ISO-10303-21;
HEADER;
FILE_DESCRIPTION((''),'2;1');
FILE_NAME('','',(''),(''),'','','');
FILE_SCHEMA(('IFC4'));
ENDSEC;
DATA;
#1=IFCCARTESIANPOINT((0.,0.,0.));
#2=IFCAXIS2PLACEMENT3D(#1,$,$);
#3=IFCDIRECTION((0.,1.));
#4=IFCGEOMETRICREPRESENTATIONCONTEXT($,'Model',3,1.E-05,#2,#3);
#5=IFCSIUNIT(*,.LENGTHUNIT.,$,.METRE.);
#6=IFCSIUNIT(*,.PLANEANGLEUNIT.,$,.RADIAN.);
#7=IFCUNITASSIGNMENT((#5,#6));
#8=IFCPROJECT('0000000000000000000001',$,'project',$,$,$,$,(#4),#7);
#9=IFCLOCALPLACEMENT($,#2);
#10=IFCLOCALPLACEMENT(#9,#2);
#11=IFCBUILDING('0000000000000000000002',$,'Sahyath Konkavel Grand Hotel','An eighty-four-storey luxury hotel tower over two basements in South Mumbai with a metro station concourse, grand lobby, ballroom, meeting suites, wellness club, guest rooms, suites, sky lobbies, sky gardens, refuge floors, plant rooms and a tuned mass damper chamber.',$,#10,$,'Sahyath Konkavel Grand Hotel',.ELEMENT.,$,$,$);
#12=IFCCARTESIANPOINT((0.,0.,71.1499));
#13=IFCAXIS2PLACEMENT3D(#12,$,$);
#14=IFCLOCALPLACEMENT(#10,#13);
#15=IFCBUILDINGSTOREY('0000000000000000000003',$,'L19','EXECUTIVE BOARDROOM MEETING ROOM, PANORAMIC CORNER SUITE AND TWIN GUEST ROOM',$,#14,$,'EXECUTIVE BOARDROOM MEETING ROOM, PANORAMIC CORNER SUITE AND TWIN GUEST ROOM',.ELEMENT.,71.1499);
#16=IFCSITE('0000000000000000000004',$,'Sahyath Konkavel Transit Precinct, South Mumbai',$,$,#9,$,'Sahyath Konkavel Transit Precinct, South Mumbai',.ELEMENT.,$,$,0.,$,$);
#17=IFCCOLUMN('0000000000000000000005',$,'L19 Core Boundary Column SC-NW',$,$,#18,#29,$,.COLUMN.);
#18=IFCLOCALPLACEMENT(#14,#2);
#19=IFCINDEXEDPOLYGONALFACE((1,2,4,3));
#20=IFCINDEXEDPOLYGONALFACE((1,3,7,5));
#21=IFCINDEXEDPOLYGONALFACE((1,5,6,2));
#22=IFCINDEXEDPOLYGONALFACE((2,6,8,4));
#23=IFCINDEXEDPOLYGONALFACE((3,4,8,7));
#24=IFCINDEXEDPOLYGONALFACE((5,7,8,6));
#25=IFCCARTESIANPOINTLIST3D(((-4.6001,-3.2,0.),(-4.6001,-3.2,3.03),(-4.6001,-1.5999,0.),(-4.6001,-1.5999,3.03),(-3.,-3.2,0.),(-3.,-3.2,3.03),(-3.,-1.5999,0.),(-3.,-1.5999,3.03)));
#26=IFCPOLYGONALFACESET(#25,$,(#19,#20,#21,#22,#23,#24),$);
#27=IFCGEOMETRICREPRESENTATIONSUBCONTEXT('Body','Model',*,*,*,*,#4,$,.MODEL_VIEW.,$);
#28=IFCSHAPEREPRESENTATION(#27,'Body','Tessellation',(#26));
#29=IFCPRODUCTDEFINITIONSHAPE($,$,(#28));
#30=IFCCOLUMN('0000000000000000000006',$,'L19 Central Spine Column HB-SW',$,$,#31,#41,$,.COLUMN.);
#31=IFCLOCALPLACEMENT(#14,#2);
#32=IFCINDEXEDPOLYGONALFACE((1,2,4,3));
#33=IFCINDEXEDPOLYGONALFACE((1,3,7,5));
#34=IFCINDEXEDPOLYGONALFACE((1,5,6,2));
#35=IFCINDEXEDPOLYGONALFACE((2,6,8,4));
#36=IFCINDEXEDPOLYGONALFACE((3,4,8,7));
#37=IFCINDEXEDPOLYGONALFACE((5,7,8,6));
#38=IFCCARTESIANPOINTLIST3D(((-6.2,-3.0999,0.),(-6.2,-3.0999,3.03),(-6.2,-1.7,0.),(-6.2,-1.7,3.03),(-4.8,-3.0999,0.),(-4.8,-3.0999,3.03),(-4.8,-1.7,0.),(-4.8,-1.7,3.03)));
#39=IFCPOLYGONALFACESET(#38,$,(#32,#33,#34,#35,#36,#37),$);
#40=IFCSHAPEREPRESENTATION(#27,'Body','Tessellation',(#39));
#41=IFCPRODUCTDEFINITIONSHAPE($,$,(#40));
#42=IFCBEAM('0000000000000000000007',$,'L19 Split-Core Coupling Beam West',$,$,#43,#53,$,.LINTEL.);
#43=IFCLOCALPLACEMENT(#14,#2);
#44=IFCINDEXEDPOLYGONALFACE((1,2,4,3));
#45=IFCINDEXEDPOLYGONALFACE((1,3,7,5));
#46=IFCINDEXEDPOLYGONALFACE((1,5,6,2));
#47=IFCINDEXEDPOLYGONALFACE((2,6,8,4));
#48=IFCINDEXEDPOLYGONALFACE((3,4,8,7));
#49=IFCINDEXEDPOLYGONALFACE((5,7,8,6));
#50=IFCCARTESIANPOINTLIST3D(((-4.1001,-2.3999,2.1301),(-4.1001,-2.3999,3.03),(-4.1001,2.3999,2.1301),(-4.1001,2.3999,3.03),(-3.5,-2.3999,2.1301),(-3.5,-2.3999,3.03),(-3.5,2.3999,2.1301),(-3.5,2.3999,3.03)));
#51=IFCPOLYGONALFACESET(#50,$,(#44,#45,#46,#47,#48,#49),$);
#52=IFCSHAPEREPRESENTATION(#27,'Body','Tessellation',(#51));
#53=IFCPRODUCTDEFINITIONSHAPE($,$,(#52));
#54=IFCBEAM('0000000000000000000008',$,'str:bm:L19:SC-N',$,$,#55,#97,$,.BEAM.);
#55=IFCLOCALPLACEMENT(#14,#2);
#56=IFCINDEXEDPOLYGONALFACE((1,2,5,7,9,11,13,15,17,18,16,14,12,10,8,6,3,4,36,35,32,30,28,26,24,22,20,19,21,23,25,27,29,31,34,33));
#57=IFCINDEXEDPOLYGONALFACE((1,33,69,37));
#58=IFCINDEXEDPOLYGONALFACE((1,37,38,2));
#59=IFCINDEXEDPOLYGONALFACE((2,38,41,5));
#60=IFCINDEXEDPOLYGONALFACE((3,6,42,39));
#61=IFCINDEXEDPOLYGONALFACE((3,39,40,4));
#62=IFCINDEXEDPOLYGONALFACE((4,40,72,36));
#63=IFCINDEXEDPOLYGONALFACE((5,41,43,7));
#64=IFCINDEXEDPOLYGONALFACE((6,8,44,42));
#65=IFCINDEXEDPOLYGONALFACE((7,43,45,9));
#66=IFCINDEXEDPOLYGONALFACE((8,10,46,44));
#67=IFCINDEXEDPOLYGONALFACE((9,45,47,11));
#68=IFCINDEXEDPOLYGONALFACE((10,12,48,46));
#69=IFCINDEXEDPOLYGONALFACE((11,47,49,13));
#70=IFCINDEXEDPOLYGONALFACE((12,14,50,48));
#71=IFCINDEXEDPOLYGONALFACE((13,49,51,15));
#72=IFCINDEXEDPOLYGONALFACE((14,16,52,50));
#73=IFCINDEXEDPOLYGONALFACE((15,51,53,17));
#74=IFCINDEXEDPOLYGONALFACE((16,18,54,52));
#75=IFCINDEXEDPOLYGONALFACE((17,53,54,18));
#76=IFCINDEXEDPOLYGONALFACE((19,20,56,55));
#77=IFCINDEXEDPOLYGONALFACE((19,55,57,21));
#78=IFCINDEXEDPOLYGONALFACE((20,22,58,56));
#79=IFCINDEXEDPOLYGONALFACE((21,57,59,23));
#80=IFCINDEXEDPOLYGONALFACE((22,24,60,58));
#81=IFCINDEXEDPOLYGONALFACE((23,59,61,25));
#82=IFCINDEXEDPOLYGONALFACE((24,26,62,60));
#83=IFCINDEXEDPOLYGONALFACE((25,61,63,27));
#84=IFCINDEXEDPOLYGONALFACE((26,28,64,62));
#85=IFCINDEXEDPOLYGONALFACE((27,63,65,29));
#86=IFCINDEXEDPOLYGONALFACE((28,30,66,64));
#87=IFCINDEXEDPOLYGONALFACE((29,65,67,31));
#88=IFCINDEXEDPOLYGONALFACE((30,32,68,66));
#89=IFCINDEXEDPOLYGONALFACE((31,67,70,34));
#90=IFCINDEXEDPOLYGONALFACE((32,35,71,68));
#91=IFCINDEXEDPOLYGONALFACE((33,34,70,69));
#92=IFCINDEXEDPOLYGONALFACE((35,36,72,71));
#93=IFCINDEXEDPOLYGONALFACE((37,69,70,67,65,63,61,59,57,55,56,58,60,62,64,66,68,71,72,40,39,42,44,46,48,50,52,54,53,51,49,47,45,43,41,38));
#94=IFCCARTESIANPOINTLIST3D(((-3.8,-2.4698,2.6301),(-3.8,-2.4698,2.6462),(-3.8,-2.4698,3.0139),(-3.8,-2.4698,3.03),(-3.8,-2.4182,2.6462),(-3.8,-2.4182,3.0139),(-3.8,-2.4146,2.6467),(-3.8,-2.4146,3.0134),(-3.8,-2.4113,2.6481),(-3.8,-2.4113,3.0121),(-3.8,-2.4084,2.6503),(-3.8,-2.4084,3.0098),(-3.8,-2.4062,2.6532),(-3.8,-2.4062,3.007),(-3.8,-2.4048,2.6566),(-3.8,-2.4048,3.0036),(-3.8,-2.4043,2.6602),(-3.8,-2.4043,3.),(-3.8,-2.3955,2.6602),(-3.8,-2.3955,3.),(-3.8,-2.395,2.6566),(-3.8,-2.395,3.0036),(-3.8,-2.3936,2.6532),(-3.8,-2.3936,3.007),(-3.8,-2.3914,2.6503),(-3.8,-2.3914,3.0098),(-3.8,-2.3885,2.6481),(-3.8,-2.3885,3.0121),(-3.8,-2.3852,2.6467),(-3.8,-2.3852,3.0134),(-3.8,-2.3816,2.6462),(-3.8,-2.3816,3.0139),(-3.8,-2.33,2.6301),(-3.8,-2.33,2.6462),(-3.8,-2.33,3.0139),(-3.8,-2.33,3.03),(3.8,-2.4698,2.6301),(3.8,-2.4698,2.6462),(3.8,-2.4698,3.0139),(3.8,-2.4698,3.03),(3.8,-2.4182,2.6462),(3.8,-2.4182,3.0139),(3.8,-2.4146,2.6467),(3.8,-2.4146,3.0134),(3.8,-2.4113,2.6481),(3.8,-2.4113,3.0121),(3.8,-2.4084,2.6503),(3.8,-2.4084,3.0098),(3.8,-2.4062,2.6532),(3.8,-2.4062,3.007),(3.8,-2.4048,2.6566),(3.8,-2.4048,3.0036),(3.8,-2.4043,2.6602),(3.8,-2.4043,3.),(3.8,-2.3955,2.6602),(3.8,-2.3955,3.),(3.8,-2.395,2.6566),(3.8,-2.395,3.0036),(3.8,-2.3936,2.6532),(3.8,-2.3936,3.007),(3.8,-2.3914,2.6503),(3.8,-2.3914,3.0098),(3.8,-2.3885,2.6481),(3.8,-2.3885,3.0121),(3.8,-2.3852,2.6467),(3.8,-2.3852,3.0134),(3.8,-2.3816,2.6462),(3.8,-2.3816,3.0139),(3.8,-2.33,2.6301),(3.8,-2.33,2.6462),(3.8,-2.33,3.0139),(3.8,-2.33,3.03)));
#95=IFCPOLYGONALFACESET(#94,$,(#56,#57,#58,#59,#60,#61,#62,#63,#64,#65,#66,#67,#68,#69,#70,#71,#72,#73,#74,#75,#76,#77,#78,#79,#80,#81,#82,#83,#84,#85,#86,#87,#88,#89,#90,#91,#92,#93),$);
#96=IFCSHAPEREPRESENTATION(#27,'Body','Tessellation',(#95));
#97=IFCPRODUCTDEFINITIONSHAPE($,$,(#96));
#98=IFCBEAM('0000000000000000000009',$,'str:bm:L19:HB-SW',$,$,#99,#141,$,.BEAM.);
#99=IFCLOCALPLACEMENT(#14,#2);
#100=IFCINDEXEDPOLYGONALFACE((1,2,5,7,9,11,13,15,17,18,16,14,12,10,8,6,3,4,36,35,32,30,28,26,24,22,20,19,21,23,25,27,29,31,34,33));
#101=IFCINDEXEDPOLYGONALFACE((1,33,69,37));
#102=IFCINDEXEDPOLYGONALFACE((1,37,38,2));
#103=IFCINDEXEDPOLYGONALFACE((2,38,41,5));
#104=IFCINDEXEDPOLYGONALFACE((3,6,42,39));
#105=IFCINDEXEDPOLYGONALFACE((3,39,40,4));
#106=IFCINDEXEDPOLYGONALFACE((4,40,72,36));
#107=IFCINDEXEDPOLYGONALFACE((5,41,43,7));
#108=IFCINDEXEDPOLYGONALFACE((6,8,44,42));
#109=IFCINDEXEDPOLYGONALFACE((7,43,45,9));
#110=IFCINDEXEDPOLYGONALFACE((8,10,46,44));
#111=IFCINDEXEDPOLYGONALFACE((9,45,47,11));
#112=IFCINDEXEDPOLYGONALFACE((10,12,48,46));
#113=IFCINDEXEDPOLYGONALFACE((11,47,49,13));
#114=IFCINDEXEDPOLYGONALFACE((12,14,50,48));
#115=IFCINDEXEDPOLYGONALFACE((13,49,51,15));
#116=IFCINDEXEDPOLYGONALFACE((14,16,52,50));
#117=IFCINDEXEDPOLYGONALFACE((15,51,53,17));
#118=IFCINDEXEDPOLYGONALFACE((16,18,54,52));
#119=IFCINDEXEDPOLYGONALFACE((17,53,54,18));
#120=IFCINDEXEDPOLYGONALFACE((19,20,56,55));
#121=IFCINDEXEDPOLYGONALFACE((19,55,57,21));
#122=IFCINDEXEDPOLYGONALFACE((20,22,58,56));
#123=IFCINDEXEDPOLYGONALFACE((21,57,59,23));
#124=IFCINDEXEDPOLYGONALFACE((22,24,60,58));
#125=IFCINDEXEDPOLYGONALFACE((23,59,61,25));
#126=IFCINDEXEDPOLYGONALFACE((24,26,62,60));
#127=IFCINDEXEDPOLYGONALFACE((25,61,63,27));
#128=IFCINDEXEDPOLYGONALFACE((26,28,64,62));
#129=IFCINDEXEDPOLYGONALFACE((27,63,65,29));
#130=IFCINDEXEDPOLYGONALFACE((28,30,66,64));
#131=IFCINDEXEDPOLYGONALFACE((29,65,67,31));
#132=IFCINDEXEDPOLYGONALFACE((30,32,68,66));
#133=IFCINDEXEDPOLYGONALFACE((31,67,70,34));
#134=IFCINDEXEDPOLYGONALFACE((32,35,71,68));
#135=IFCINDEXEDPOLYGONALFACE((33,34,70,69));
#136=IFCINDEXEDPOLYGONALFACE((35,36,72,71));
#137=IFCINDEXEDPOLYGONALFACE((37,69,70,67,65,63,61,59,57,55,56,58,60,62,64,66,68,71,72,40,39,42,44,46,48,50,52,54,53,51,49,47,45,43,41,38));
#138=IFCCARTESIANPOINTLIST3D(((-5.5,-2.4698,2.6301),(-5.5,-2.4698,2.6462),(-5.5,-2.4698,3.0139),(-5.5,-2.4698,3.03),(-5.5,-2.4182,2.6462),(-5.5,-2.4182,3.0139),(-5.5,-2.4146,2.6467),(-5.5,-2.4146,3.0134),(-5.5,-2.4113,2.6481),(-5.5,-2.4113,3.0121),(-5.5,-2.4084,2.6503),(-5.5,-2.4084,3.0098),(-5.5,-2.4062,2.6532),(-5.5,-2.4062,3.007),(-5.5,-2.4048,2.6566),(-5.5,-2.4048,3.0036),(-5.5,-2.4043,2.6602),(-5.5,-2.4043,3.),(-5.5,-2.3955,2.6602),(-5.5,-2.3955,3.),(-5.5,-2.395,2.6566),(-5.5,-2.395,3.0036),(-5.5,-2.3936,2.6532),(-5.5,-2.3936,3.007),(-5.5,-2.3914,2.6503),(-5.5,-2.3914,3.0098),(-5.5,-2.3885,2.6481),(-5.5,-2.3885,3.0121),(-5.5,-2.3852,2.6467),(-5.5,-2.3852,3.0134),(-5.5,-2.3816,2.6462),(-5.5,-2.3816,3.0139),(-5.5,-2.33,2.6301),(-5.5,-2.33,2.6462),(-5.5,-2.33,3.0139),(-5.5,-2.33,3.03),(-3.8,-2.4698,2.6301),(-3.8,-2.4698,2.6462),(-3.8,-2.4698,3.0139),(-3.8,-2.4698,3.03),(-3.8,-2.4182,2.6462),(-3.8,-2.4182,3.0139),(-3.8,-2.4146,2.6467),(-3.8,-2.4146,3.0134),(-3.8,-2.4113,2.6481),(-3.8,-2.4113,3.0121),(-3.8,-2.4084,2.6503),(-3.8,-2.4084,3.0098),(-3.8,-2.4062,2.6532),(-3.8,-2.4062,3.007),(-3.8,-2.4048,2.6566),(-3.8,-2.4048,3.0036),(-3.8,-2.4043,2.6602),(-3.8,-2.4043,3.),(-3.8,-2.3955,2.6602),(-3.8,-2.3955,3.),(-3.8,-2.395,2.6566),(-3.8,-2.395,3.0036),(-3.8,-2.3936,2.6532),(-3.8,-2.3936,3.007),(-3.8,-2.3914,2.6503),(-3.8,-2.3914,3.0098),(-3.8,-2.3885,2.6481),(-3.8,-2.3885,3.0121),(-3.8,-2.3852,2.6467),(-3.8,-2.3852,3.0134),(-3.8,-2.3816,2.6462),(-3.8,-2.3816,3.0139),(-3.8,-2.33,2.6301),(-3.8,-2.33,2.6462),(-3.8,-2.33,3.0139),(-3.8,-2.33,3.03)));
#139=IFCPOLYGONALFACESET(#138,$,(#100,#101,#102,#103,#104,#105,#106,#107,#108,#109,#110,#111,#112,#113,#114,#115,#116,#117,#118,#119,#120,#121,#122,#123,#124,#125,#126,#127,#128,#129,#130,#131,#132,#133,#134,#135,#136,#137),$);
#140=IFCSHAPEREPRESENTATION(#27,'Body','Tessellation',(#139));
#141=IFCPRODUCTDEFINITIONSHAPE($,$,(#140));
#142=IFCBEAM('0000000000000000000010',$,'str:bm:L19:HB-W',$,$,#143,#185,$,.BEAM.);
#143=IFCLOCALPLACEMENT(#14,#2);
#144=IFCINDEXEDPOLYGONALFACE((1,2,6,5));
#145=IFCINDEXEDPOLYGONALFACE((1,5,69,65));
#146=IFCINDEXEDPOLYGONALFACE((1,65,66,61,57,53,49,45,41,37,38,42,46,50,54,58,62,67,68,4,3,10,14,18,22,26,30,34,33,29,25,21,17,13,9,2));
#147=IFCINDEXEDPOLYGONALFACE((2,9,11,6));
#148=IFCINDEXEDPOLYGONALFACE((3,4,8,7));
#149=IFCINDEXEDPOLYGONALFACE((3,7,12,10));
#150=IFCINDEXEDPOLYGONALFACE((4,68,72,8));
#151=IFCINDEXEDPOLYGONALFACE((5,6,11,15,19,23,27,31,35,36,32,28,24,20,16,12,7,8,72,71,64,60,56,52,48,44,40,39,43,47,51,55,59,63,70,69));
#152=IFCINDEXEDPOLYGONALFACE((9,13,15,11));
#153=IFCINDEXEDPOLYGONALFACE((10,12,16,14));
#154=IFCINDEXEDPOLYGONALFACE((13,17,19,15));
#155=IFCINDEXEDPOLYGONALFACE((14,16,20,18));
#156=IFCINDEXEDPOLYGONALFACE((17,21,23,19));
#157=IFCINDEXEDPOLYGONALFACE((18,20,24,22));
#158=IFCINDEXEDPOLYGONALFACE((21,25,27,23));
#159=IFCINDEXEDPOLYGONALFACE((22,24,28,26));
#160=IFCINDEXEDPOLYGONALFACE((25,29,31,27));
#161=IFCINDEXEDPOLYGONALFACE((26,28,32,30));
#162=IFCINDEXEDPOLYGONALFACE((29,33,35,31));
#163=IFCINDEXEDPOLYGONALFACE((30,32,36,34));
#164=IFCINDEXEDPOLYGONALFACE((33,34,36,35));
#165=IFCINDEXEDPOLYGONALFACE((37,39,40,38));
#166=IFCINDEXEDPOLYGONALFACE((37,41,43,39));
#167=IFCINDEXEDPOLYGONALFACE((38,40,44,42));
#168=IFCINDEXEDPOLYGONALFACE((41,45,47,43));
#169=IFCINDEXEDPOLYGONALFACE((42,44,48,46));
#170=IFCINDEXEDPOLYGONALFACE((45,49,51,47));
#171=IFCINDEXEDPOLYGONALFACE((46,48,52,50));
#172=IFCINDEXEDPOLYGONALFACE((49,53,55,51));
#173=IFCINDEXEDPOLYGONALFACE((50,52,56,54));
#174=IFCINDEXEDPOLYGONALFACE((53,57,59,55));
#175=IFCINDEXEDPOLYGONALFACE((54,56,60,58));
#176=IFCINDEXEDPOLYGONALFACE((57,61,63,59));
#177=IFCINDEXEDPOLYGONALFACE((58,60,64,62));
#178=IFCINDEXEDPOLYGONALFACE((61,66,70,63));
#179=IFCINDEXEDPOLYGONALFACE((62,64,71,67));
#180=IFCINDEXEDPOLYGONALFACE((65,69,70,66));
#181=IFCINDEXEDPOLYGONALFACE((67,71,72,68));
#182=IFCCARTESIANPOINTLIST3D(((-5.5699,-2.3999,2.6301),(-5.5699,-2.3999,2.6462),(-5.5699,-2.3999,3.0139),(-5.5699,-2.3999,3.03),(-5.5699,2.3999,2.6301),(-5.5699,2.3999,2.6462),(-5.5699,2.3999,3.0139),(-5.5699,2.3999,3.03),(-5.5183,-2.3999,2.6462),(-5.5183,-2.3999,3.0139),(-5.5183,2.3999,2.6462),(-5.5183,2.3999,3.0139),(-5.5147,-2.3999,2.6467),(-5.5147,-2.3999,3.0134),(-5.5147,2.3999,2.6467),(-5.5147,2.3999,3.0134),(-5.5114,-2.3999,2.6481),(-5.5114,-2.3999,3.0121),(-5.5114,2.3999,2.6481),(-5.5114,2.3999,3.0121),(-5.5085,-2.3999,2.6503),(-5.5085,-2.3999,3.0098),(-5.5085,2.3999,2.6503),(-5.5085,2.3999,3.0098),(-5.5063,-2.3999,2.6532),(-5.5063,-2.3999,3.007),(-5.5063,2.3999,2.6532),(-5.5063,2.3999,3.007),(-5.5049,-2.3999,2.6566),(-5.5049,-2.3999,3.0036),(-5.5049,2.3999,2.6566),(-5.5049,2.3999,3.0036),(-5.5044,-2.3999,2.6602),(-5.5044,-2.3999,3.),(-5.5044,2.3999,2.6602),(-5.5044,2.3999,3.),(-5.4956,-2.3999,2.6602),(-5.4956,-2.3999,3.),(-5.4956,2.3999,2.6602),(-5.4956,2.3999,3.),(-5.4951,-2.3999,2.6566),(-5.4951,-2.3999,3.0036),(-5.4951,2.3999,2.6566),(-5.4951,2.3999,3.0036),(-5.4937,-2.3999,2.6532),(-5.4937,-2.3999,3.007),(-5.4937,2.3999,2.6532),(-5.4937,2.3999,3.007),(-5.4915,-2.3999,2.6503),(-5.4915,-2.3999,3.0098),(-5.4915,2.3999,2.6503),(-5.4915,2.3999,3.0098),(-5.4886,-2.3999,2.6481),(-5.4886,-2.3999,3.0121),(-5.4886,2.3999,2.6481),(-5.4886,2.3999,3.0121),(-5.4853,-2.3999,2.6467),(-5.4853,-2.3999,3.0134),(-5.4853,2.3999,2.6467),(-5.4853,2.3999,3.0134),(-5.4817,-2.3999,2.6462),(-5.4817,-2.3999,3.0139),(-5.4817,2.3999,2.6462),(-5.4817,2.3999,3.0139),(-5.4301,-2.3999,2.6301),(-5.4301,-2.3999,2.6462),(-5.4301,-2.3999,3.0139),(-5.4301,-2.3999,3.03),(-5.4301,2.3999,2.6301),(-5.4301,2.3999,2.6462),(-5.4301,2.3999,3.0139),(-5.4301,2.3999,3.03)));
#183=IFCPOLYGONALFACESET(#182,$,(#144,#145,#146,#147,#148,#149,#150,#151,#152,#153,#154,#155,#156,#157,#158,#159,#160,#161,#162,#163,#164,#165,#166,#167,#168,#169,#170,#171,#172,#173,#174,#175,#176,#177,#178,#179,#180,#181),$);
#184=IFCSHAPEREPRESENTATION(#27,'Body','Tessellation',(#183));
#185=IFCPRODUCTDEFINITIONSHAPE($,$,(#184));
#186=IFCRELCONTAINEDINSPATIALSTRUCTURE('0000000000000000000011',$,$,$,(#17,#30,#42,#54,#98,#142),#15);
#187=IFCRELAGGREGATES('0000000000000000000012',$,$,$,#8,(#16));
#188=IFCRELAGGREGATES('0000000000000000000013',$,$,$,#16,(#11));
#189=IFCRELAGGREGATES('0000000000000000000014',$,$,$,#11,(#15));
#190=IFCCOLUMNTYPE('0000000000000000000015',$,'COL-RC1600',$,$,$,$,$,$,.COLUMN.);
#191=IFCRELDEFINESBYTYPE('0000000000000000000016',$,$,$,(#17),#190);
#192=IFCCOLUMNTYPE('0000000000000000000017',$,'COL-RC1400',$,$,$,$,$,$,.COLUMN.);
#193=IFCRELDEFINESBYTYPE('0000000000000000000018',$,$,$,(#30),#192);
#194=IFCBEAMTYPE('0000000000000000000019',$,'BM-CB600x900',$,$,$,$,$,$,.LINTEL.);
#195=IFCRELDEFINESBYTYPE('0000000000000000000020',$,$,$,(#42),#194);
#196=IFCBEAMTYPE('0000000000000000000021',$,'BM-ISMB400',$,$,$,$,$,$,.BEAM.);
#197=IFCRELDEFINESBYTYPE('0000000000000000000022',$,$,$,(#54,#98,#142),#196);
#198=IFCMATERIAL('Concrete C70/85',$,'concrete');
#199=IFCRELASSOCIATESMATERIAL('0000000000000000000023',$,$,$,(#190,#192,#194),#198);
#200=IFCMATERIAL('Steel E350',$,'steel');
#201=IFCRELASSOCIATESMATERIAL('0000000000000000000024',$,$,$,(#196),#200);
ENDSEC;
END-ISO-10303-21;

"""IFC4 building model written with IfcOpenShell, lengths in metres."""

from ifc_helpers import new_model, si_unit, direction, frame, origin, origin_2d, place, context, subcontext, project, spatial, rectangle, i_section, extrude, source, transform, mapped, material, material_profile, profile_set, type_object, element, save


model = new_model("IFC4")

# Units and contexts
model_context = context("Model", 3, precision=1e-05, world=origin(), true_north=direction((0.0, 1.0)))
body_context = subcontext(model_context, "Body", "Model", "MODEL_VIEW")
ifc_project = project(units=[si_unit("LENGTHUNIT", "METRE"), si_unit("PLANEANGLEUNIT", "RADIAN")], contexts=[model_context])

# Site, building, storey
site_placement = place(None, origin())
site = spatial("IfcSite", under=ifc_project, at=site_placement, Name="Sahyath Konkavel Transit Precinct, South Mumbai", LongName="Sahyath Konkavel Transit Precinct, South Mumbai", CompositionType="ELEMENT", RefElevation=0.0)
building_placement = place(site_placement, origin())
building = spatial("IfcBuilding", under=site, at=building_placement, Name="Sahyath Konkavel Grand Hotel", Description="An eighty-four-storey luxury hotel tower over two basements in South Mumbai with a metro station concourse, grand lobby, ballroom, meeting suites, wellness club, guest rooms, suites, sky lobbies, sky gardens, refuge floors, plant rooms and a tuned mass damper chamber.", LongName="Sahyath Konkavel Grand Hotel", CompositionType="ELEMENT")
storey_placement = place(building_placement, frame((0.0, 0.0, 71.1499)))
storey = spatial("IfcBuildingStorey", under=building, at=storey_placement, Name="L19", Description="EXECUTIVE BOARDROOM MEETING ROOM, PANORAMIC CORNER SUITE AND TWIN GUEST ROOM", LongName="EXECUTIVE BOARDROOM MEETING ROOM, PANORAMIC CORNER SUITE AND TWIN GUEST ROOM", CompositionType="ELEMENT", Elevation=71.1499)

# Columns
ifc_material_1 = material(Name="Concrete C70/85", Category="concrete")
ifc_material_profile_1 = material_profile(ifc_material_1, rectangle(XDim=1.6001, YDim=1.6001, at=origin_2d()), Name="RC 1600x1600")
ifc_profile_set_1 = profile_set([ifc_material_profile_1], Name="Concrete C70/85")
column_type_1 = type_object("IfcColumnType", Name="COL-RC1600", PredefinedType="COLUMN", material=ifc_profile_set_1)
shared_shape_1 = source(origin(), body_context, "Body", "SweptSolid", [
    extrude(rectangle(XDim=1.6001, YDim=1.6001, at=origin_2d()), origin(), (0.0, 0.0, 1.0), 3.03),
])
column_1_placement = place(storey_placement, frame((-3.8, -2.3999, 0.0), z_axis=(0.0, 0.0, 1.0), x_axis=(1.0, 0.0, 0.0)))
element("IfcColumn", 1, at=column_1_placement, inside=storey, type_object=column_type_1, Name="L19 Core Boundary Column SC-NW", PredefinedType="COLUMN", context=body_context, shape_type="MappedRepresentation", body=[
    mapped(shared_shape_1, transform((0.0, 0.0, 0.0), scale=1.0)),
])
ifc_material_profile_2 = material_profile(ifc_material_1, rectangle(XDim=1.3999, YDim=1.3999, at=origin_2d()), Name="RC 1400x1400")
ifc_profile_set_2 = profile_set([ifc_material_profile_2], Name="Concrete C70/85")
column_type_2 = type_object("IfcColumnType", Name="COL-RC1400", PredefinedType="COLUMN", material=ifc_profile_set_2)
shared_shape_2 = source(origin(), body_context, "Body", "SweptSolid", [
    extrude(rectangle(XDim=1.3999, YDim=1.3999, at=origin_2d()), origin(), (0.0, 0.0, 1.0), 3.03),
])
column_2_placement = place(storey_placement, frame((-5.5, -2.3999, 0.0), z_axis=(0.0, 0.0, 1.0), x_axis=(1.0, 0.0, 0.0)))
element("IfcColumn", 2, at=column_2_placement, inside=storey, type_object=column_type_2, Name="L19 Central Spine Column HB-SW", PredefinedType="COLUMN", context=body_context, shape_type="MappedRepresentation", body=[
    mapped(shared_shape_2, transform((0.0, 0.0, 0.0), scale=1.0)),
])

# Beams
ifc_material_profile_3 = material_profile(ifc_material_1, rectangle(XDim=0.6001, YDim=0.8999, at=origin_2d()), Name="RC 600x900")
ifc_profile_set_3 = profile_set([ifc_material_profile_3], Name="Concrete C70/85")
beam_type_1 = type_object("IfcBeamType", Name="BM-CB600x900", PredefinedType="LINTEL", material=ifc_profile_set_3)
shared_shape_3 = source(origin(), body_context, "Body", "SweptSolid", [
    extrude(rectangle(XDim=0.6001, YDim=0.8999, at=origin_2d()), origin(), (0.0, 0.0, 1.0), 4.7998),
])
beam_1_placement = place(storey_placement, frame((-3.8, -2.3999, 2.5801), z_axis=(0.0, 1.0, 0.0), x_axis=(-1.0, 0.0, 0.0)))
element("IfcBeam", 3, at=beam_1_placement, inside=storey, type_object=beam_type_1, Name="L19 Split-Core Coupling Beam West", PredefinedType="LINTEL", context=body_context, shape_type="MappedRepresentation", body=[
    mapped(shared_shape_3, transform((0.0, 0.0, 0.0), scale=1.0)),
])
ifc_material_2 = material(Name="Steel E350", Category="steel")
ifc_material_profile_4 = material_profile(ifc_material_2, i_section(OverallWidth=0.1399, OverallDepth=0.3999, WebThickness=0.0088, FlangeThickness=0.0161, FilletRadius=0.0139, at=origin_2d()), Name="ISMB 400")
ifc_profile_set_4 = profile_set([ifc_material_profile_4], Name="Steel E350")
beam_type_2 = type_object("IfcBeamType", Name="BM-ISMB400", PredefinedType="BEAM", material=ifc_profile_set_4)
shared_shape_4 = source(origin(), body_context, "Body", "SweptSolid", [
    extrude(i_section(OverallWidth=0.1399, OverallDepth=0.3999, WebThickness=0.0088, FlangeThickness=0.0161, FilletRadius=0.0139, at=origin_2d()), origin(), (0.0, 0.0, 1.0), 7.6001),
])
beam_2_placement = place(storey_placement, frame((-3.8, -2.3999, 2.8301), z_axis=(1.0, 0.0, 0.0), x_axis=(0.0, 1.0, 0.0)))
element("IfcBeam", 4, at=beam_2_placement, inside=storey, type_object=beam_type_2, Name="str:bm:L19:SC-N", PredefinedType="BEAM", context=body_context, shape_type="MappedRepresentation", body=[
    mapped(shared_shape_4, transform((0.0, 0.0, 0.0), scale=1.0)),
])
shared_shape_5 = source(origin(), body_context, "Body", "SweptSolid", [
    extrude(i_section(OverallWidth=0.1399, OverallDepth=0.3999, WebThickness=0.0088, FlangeThickness=0.0161, FilletRadius=0.0139, at=origin_2d()), origin(), (0.0, 0.0, 1.0), 1.7),
])
beam_3_placement = place(storey_placement, frame((-5.5, -2.3999, 2.8301), z_axis=(1.0, 0.0, 0.0), x_axis=(0.0, 1.0, 0.0)))
element("IfcBeam", 5, at=beam_3_placement, inside=storey, type_object=beam_type_2, Name="str:bm:L19:HB-SW", PredefinedType="BEAM", context=body_context, shape_type="MappedRepresentation", body=[
    mapped(shared_shape_5, transform((0.0, 0.0, 0.0), scale=1.0)),
])
shared_shape_6 = source(origin(), body_context, "Body", "SweptSolid", [
    extrude(i_section(OverallWidth=0.1399, OverallDepth=0.3999, WebThickness=0.0088, FlangeThickness=0.0161, FilletRadius=0.0139, at=origin_2d()), origin(), (0.0, 0.0, 1.0), 4.7998),
])
beam_4_placement = place(storey_placement, frame((-5.5, -2.3999, 2.8301), z_axis=(0.0, 1.0, 0.0), x_axis=(-1.0, 0.0, 0.0)))
element("IfcBeam", 6, at=beam_4_placement, inside=storey, type_object=beam_type_2, Name="str:bm:L19:HB-W", PredefinedType="BEAM", context=body_context, shape_type="MappedRepresentation", body=[
    mapped(shared_shape_6, transform((0.0, 0.0, 0.0), scale=1.0)),
])

save(model, "model.ifc")
